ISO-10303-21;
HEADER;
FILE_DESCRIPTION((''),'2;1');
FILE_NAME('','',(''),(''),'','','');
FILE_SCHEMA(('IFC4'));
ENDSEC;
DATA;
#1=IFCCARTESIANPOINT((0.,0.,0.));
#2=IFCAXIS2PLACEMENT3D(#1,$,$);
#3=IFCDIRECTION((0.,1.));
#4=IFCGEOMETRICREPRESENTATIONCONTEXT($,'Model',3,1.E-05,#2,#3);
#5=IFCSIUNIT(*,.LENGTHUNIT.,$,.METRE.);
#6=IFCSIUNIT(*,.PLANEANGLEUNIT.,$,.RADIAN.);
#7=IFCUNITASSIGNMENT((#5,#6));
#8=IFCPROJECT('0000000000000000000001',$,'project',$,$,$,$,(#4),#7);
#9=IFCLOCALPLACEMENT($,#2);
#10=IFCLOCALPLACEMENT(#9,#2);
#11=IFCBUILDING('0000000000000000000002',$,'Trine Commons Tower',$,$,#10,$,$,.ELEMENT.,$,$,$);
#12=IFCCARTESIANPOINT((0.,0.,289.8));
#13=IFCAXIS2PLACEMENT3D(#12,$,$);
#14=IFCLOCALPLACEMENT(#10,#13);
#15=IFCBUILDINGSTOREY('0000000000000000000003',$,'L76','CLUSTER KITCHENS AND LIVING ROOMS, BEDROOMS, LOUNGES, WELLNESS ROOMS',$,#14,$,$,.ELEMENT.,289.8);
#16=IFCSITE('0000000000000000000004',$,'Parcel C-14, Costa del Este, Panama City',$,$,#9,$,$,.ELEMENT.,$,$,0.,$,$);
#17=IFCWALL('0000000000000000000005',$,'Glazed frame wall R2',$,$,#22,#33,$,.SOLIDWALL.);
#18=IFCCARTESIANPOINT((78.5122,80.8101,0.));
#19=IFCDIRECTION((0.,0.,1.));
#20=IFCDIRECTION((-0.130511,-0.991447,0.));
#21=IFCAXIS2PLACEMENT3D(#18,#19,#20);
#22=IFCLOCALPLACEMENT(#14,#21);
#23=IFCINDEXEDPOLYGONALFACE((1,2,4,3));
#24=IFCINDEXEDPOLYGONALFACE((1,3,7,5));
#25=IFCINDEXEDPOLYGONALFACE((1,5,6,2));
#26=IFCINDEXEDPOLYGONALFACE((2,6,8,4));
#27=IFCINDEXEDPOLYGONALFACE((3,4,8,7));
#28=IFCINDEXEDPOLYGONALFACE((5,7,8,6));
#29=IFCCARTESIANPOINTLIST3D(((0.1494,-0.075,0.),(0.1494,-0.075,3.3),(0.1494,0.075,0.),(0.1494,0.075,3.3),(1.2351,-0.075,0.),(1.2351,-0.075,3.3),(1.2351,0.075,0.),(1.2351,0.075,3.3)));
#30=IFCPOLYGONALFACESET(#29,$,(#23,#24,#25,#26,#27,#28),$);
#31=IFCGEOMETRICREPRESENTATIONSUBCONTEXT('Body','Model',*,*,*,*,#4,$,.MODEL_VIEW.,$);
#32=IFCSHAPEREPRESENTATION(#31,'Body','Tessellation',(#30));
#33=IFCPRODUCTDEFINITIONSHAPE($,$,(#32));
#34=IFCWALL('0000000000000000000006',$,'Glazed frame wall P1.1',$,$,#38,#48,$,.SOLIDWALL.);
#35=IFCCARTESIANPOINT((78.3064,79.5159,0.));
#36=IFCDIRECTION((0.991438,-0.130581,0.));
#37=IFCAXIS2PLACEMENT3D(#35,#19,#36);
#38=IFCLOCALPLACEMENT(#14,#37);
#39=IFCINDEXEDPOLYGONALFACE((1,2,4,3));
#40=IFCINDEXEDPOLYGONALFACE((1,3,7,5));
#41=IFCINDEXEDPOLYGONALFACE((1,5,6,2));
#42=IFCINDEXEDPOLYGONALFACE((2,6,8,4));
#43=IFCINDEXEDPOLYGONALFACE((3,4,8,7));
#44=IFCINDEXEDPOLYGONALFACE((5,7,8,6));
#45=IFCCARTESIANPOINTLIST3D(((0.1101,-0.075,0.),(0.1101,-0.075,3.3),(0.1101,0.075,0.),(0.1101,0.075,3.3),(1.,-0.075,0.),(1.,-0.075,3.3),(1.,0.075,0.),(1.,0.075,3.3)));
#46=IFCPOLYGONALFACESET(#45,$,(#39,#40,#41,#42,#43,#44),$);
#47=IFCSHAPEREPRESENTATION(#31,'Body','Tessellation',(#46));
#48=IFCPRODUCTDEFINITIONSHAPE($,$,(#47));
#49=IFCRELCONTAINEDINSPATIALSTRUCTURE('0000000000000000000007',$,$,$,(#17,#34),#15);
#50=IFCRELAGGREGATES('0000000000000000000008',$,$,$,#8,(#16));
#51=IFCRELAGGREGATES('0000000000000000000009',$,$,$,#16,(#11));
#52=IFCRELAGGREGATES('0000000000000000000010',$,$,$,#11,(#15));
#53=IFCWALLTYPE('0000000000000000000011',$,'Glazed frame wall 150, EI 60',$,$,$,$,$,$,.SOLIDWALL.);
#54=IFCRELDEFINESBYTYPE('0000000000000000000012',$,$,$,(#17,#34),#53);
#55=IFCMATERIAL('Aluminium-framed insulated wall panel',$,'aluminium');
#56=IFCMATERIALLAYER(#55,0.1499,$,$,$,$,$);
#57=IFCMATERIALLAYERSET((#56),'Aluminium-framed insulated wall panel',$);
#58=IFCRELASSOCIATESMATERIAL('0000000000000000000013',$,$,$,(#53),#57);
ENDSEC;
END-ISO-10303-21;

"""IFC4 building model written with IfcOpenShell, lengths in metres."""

from ifc_helpers import new_model, si_unit, direction, frame, origin, place, context, subcontext, project, spatial, polyline, outline, extrude, material, layer, layer_set, type_object, element, save


model = new_model("IFC4")

# Units and contexts
model_context = context("Model", 3, precision=1e-05, world=origin(), true_north=direction((0.0, 1.0)))
body_context = subcontext(model_context, "Body", "Model", "MODEL_VIEW")
ifc_project = project(units=[si_unit("LENGTHUNIT", "METRE"), si_unit("PLANEANGLEUNIT", "RADIAN")], contexts=[model_context])

# Site, building, storey
site_placement = place(None, origin())
site = spatial("IfcSite", under=ifc_project, at=site_placement, Name="Parcel C-14, Costa del Este, Panama City", CompositionType="ELEMENT", RefElevation=0.0)
building_placement = place(site_placement, origin())
building = spatial("IfcBuilding", under=site, at=building_placement, Name="Trine Commons Tower", CompositionType="ELEMENT")
storey_placement = place(building_placement, frame((0.0, 0.0, 289.8)))
storey = spatial("IfcBuildingStorey", under=building, at=storey_placement, Name="L76", Description="CLUSTER KITCHENS AND LIVING ROOMS, BEDROOMS, LOUNGES, WELLNESS ROOMS", CompositionType="ELEMENT", Elevation=289.8)

# Walls
ifc_material_1 = material(Name="Aluminium-framed insulated wall panel", Category="aluminium")
ifc_layer_1 = layer(ifc_material_1, 0.1499)
ifc_layer_set_1 = layer_set([ifc_layer_1], Name="Aluminium-framed insulated wall panel")
wall_type_1 = type_object("IfcWallType", Name="Glazed frame wall 150, EI 60", PredefinedType="SOLIDWALL", material=ifc_layer_set_1)
wall_1_placement = place(storey_placement, frame((78.5122, 80.8101, 0.0), z_axis=(0.0, 0.0, 1.0), x_axis=(-0.130511, -0.991447, 0.0)))
element("IfcWall", 1, at=wall_1_placement, inside=storey, type_object=wall_type_1, Name="Glazed frame wall R2", PredefinedType="SOLIDWALL", context=body_context, shape_type="SweptSolid", body=[
    extrude(outline(polyline([(0.1494, 0.075), (0.1494, -0.075), (1.2351, -0.075), (1.2351, 0.075), (0.1494, 0.075)])), origin(), (0.0, 0.0, 1.0), 3.3),
])
wall_2_placement = place(storey_placement, frame((78.3064, 79.5159, 0.0), z_axis=(0.0, 0.0, 1.0), x_axis=(0.991438, -0.130581, 0.0)))
element("IfcWall", 2, at=wall_2_placement, inside=storey, type_object=wall_type_1, Name="Glazed frame wall P1.1", PredefinedType="SOLIDWALL", context=body_context, shape_type="SweptSolid", body=[
    extrude(outline(polyline([(0.1101, -0.075), (1.0, -0.075), (1.0, 0.075), (0.1101, 0.075), (0.1101, -0.075)])), origin(), (0.0, 0.0, 1.0), 3.3),
])

save(model, "model.ifc")
